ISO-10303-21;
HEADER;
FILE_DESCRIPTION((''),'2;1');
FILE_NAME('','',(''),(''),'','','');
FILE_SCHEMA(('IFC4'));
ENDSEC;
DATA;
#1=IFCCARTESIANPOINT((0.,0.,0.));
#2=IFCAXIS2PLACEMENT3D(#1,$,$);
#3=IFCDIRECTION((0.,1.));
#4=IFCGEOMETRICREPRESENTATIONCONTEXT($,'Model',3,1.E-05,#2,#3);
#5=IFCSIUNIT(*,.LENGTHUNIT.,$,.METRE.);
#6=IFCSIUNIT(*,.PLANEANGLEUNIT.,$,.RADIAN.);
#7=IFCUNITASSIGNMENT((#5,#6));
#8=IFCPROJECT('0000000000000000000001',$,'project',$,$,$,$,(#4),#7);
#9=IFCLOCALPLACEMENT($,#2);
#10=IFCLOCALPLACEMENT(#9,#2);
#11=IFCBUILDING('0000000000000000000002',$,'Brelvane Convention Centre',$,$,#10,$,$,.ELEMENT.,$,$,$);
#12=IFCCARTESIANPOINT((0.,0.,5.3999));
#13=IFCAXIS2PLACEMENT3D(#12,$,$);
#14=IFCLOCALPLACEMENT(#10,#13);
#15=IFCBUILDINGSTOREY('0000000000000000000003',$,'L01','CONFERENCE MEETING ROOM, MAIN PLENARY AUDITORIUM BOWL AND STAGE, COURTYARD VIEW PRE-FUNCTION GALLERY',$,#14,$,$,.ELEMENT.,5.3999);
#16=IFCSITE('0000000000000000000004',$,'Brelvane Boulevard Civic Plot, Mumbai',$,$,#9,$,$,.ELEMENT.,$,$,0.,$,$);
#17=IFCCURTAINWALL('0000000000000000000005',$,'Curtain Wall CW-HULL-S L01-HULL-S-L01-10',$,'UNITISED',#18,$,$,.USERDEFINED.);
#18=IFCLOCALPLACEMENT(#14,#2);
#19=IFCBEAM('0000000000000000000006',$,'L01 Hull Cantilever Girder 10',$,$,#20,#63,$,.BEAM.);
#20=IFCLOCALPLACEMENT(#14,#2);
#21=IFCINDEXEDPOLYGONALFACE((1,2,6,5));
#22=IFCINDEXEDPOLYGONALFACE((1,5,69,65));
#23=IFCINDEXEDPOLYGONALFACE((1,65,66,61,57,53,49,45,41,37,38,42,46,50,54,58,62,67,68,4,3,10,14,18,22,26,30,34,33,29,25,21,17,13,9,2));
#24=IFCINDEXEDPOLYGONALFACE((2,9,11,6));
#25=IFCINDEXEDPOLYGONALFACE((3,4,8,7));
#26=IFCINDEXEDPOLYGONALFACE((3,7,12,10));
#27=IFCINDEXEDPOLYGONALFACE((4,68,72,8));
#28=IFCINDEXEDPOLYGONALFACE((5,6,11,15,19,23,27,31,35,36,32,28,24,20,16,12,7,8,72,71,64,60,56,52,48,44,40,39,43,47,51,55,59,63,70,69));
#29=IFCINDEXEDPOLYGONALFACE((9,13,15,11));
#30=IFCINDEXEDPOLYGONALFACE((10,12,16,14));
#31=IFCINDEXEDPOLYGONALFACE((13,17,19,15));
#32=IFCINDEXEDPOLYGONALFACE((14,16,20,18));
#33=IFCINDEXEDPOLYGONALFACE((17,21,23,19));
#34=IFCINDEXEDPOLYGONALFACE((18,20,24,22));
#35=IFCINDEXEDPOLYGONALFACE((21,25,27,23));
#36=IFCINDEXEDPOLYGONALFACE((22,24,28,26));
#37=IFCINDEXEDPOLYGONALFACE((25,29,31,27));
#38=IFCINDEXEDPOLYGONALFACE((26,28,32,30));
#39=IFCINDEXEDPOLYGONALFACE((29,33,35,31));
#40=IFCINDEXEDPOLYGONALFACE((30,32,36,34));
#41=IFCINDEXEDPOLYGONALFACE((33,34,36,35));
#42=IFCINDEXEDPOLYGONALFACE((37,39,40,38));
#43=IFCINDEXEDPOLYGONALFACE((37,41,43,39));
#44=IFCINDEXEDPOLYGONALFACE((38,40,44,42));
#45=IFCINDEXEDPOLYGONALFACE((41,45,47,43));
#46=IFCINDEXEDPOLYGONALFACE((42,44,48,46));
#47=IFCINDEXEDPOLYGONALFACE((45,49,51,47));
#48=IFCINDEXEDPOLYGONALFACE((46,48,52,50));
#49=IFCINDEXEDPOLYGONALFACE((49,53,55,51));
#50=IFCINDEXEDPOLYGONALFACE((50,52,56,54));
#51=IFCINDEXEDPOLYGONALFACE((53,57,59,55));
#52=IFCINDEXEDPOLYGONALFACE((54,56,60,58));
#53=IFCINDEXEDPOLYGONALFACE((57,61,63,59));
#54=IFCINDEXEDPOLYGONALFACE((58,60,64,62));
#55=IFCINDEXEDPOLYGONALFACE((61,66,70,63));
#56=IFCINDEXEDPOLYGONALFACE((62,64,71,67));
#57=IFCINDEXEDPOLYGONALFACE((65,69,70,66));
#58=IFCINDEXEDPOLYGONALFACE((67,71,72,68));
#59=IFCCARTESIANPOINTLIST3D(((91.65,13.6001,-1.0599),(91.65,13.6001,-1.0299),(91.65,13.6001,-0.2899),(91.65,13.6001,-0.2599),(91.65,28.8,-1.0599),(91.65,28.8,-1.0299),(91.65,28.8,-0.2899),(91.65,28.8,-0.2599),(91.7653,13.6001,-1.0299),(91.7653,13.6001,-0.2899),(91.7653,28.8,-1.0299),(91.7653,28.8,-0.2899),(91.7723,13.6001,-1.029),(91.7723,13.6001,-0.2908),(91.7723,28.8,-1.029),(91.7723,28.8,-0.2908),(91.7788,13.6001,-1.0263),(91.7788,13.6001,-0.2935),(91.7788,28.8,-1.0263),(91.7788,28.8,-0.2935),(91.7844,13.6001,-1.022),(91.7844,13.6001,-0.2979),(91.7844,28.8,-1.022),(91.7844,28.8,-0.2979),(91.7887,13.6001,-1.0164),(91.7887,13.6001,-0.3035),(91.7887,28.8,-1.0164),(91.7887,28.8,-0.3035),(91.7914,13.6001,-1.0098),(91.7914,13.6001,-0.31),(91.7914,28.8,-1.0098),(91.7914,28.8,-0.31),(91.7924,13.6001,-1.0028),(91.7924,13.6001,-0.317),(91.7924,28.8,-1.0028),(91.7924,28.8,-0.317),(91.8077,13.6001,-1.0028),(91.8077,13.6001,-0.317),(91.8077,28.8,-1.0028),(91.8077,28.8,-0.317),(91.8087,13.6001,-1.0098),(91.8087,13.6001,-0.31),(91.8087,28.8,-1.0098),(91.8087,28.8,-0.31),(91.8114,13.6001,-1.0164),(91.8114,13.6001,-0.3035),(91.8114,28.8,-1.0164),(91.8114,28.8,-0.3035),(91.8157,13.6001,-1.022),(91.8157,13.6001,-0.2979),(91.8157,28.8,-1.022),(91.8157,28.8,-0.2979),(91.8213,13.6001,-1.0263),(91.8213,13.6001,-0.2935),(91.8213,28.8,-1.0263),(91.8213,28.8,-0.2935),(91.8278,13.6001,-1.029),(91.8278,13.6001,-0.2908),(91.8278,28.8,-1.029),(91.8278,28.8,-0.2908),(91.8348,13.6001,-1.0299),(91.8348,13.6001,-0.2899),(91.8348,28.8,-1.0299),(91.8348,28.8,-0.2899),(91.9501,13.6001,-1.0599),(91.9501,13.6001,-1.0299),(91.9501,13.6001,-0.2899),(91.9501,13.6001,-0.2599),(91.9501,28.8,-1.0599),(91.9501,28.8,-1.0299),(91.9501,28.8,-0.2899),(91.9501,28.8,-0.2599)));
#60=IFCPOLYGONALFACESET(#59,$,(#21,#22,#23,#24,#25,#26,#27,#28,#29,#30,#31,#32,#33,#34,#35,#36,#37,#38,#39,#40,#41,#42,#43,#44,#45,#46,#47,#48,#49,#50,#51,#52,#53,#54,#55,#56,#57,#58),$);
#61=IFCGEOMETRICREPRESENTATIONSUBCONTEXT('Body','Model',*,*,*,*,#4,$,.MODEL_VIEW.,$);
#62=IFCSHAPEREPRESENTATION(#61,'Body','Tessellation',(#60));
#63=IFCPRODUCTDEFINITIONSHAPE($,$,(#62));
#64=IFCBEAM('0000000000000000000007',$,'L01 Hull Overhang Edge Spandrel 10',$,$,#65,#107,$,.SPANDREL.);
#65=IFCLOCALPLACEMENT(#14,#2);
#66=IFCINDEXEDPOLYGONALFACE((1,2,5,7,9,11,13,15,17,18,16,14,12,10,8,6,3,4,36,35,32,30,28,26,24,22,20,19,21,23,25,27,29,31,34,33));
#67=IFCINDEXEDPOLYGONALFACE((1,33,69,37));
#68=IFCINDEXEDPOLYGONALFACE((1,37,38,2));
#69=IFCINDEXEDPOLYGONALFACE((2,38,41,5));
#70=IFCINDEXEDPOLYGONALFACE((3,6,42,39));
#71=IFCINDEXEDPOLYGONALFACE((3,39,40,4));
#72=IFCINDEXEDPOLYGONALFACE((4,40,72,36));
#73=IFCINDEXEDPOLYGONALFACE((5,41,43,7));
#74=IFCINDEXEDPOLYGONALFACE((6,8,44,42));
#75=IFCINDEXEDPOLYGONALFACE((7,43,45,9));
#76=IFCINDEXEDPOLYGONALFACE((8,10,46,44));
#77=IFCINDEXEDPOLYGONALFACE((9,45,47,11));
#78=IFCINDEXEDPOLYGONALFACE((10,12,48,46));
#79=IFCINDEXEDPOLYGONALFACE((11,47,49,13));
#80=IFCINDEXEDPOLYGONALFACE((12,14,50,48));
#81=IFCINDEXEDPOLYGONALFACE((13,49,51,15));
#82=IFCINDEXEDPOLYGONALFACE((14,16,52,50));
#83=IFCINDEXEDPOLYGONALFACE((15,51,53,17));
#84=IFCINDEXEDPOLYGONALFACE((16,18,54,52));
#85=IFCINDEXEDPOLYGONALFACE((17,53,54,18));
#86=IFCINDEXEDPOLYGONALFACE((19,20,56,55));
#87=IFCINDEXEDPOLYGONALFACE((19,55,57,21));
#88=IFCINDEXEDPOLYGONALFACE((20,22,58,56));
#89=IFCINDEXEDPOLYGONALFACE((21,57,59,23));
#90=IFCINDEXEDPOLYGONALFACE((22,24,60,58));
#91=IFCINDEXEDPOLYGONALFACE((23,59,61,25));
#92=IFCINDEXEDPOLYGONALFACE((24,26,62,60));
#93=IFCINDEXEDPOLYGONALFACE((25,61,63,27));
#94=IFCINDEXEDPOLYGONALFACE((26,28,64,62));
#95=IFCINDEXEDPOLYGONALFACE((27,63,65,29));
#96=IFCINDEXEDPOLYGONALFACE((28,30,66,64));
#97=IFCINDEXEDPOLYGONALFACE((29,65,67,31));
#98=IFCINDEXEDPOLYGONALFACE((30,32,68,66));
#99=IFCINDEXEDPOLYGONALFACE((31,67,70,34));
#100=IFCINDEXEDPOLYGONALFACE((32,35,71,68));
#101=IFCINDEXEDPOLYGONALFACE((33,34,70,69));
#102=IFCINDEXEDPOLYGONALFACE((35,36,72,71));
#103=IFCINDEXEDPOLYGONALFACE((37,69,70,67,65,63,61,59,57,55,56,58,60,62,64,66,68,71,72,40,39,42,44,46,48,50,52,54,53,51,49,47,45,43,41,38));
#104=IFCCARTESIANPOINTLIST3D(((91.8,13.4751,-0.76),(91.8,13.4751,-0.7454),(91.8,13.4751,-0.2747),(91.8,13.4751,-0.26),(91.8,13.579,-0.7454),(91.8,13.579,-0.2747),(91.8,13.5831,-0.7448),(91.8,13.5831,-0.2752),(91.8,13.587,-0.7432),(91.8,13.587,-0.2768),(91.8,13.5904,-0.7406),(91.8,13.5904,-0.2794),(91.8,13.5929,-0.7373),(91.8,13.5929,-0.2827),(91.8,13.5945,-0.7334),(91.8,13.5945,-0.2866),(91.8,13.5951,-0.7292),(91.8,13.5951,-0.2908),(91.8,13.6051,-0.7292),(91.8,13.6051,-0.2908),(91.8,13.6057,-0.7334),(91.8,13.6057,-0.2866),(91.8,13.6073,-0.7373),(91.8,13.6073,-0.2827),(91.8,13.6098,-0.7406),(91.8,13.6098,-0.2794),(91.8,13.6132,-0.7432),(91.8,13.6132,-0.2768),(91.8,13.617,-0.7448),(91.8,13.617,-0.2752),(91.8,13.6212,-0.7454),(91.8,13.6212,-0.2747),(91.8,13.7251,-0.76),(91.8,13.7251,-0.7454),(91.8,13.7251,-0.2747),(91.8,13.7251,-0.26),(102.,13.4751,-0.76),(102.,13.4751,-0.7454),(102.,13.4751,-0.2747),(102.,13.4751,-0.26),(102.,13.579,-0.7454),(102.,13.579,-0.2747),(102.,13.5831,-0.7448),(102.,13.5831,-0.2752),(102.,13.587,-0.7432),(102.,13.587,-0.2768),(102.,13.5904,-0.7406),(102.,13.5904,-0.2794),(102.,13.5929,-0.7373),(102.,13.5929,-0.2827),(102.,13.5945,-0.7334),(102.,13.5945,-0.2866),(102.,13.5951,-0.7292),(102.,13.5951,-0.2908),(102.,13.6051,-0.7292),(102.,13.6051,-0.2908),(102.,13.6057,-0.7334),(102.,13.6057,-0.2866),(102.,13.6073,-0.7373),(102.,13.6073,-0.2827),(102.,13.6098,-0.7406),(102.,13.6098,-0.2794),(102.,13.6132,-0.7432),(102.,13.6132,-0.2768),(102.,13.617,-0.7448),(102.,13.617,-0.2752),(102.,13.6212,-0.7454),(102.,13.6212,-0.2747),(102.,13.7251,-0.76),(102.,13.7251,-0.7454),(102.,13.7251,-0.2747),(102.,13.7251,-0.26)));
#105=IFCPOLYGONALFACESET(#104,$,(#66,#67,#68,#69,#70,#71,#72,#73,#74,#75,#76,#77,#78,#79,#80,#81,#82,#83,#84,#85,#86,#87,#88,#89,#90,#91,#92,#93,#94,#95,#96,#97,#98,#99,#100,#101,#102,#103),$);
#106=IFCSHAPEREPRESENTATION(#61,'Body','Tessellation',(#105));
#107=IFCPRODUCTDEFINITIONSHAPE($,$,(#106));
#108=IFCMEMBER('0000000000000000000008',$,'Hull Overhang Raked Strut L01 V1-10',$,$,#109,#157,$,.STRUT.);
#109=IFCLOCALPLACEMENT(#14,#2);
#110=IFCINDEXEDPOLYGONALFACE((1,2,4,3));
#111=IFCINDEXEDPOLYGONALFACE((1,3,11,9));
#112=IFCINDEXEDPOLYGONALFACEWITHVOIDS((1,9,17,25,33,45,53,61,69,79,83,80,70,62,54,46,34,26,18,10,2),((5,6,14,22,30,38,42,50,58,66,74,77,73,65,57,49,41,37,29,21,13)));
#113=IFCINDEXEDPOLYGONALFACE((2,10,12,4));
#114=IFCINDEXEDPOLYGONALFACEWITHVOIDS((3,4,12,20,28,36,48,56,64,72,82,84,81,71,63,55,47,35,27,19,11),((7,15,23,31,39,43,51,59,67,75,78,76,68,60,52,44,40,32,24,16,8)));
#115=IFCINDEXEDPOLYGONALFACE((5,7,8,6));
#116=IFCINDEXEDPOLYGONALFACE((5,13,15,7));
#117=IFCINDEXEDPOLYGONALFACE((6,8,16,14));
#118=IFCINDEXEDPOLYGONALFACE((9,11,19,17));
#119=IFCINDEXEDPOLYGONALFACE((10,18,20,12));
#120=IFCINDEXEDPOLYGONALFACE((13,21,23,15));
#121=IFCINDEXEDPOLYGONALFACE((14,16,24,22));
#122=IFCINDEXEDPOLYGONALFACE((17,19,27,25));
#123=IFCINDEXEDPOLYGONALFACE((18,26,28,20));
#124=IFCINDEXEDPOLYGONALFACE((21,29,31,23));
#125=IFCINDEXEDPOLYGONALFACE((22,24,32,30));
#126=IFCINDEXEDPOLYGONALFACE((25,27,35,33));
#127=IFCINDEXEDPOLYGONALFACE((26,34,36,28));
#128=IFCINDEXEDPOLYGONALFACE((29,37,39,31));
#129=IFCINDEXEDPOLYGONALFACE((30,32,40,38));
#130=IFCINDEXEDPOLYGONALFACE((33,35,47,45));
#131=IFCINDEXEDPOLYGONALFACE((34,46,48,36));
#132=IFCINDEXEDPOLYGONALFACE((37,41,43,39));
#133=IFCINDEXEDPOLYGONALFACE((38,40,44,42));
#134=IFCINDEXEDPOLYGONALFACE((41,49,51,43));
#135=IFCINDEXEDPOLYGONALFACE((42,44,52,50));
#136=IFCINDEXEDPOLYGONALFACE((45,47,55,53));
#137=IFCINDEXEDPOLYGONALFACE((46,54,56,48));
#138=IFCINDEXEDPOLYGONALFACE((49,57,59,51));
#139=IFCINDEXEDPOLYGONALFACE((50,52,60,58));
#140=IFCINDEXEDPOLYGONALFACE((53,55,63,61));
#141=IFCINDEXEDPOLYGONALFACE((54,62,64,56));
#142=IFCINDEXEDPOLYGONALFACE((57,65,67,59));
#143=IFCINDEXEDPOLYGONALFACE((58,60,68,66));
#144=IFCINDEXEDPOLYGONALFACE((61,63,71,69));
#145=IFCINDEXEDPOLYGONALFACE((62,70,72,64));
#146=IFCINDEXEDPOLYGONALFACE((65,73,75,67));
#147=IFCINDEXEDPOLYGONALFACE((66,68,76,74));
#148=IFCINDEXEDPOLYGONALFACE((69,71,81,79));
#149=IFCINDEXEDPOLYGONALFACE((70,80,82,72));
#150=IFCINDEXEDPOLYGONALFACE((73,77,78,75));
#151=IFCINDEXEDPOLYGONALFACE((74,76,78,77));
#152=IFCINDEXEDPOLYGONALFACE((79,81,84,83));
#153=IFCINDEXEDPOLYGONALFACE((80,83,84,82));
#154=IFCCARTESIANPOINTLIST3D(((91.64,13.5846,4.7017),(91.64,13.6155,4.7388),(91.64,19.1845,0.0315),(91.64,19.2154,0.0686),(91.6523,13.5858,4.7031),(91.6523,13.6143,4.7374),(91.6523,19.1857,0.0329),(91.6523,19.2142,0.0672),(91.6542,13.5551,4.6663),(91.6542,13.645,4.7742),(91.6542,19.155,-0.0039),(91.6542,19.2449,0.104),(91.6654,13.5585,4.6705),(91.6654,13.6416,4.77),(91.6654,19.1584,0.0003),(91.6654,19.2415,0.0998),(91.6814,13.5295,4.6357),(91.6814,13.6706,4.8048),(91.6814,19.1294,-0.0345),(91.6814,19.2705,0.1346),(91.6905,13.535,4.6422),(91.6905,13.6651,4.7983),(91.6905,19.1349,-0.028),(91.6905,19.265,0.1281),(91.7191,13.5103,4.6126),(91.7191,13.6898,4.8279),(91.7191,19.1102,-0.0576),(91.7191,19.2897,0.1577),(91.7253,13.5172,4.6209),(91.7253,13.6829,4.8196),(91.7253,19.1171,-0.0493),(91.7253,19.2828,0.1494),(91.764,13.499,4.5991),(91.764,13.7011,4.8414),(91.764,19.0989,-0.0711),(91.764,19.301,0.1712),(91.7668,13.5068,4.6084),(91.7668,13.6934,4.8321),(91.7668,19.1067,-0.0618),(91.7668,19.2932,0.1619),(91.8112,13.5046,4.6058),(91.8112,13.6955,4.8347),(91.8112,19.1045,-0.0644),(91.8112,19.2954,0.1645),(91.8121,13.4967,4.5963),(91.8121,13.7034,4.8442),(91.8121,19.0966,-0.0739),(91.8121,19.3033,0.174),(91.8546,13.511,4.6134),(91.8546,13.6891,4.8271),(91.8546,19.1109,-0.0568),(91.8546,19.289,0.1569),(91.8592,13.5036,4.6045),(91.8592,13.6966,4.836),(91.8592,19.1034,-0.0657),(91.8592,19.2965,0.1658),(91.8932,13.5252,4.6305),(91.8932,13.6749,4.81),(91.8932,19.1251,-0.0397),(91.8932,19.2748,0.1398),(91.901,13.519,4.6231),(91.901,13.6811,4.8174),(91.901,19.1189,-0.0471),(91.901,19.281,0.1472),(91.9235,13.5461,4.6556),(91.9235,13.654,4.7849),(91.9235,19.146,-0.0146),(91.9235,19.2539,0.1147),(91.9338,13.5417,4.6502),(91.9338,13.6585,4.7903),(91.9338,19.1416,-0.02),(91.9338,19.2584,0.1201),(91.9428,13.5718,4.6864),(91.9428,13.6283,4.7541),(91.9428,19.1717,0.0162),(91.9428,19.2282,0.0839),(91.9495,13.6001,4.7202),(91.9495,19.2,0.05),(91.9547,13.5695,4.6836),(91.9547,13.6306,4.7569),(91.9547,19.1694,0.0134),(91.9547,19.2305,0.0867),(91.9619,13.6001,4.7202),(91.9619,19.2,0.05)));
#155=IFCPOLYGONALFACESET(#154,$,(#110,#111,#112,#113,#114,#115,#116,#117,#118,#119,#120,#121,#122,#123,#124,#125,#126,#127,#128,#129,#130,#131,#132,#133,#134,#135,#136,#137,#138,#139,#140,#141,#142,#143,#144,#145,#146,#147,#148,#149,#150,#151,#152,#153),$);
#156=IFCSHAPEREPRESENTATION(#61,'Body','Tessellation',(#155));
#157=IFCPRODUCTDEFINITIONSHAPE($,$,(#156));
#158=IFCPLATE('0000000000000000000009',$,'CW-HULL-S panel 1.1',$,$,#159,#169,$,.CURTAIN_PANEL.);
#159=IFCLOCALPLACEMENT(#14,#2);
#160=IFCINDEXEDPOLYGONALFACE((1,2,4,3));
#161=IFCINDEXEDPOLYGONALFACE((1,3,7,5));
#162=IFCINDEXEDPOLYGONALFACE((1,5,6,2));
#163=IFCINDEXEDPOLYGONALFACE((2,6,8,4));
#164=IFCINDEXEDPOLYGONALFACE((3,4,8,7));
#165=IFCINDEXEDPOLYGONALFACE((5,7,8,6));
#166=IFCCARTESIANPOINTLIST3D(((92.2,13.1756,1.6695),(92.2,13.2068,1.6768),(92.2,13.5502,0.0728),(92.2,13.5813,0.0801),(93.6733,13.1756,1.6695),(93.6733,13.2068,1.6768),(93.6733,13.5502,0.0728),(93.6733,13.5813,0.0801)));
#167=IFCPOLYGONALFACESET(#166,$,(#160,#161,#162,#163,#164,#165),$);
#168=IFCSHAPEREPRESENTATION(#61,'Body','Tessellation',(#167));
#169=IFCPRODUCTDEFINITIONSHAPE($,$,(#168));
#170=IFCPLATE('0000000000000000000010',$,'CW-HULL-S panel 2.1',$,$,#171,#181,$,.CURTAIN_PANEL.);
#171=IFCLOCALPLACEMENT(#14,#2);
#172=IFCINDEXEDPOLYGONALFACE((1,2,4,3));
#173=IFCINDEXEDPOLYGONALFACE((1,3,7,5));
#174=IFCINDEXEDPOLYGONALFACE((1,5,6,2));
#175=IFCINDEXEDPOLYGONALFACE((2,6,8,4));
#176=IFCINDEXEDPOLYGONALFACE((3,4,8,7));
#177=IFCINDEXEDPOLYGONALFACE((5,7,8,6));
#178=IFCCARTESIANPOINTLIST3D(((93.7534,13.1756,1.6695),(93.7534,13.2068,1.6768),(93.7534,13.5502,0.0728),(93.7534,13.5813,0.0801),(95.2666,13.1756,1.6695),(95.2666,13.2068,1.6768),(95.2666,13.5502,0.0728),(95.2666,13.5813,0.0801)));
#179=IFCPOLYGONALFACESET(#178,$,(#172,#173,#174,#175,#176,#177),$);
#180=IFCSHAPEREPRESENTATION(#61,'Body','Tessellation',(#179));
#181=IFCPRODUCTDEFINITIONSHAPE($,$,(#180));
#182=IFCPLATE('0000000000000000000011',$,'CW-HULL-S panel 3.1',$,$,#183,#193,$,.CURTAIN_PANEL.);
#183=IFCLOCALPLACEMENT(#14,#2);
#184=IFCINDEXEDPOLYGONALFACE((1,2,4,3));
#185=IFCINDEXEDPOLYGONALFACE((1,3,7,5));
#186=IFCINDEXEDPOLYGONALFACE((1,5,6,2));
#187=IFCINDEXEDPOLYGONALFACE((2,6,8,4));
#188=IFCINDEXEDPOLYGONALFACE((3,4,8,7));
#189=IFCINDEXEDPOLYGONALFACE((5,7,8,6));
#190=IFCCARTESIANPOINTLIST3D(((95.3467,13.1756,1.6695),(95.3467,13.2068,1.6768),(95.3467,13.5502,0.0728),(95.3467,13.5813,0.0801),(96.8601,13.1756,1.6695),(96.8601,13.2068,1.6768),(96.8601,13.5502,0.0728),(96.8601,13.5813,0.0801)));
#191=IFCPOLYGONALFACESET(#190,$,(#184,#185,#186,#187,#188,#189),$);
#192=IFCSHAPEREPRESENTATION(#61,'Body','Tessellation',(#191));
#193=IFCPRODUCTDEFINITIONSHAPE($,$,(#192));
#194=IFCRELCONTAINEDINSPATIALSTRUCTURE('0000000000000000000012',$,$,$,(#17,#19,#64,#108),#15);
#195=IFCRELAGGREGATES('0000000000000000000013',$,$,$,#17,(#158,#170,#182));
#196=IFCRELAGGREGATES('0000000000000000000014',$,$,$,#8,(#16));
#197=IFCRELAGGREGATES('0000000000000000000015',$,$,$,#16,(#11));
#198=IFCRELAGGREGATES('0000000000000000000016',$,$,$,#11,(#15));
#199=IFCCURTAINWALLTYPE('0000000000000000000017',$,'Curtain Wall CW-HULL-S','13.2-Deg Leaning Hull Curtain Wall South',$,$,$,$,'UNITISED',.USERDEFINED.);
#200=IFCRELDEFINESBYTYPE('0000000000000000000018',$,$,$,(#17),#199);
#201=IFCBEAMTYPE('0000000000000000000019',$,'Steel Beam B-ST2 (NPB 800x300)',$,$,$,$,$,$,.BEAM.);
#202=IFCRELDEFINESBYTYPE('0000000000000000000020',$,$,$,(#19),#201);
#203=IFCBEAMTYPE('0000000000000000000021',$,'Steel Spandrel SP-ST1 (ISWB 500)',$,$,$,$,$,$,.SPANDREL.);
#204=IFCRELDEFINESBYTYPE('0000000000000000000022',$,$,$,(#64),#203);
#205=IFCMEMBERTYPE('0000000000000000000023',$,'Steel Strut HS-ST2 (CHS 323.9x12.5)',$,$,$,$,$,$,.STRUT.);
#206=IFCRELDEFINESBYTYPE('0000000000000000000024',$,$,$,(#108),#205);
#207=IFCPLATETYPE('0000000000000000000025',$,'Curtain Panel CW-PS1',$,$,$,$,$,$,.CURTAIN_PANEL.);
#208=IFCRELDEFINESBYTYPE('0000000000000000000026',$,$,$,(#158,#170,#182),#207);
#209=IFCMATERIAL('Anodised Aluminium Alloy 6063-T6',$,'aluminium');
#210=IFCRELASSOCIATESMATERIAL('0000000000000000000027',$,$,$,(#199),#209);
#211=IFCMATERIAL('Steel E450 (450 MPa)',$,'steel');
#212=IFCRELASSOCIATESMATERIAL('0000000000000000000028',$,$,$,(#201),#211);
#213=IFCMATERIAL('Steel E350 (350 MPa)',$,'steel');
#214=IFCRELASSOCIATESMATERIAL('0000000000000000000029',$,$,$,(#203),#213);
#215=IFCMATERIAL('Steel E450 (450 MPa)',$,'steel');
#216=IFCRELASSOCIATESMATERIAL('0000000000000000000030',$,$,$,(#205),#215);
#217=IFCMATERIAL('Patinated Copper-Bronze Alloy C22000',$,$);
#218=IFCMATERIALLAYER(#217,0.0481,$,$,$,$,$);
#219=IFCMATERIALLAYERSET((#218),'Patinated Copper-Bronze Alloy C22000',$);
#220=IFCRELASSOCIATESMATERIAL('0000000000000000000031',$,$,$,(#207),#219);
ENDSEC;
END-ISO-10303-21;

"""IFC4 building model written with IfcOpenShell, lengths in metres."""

from ifc_helpers import new_model, si_unit, direction, frame, origin, origin_2d, place, context, subcontext, project, spatial, polyline, hollow_circle, i_section, outline, extrude, material, layer, layer_set, material_profile, profile_set, type_object, element, aggregate, save


model = new_model("IFC4")

# Units and contexts
model_context = context("Model", 3, precision=1e-05, world=origin(), true_north=direction((0.0, 1.0)))
body_context = subcontext(model_context, "Body", "Model", "MODEL_VIEW")
ifc_project = project(units=[si_unit("LENGTHUNIT", "METRE"), si_unit("PLANEANGLEUNIT", "RADIAN")], contexts=[model_context])

# Site, building, storey
site_placement = place(None, origin())
site = spatial("IfcSite", under=ifc_project, at=site_placement, Name="Brelvane Boulevard Civic Plot, Mumbai", CompositionType="ELEMENT", RefElevation=0.0)
building_placement = place(site_placement, origin())
building = spatial("IfcBuilding", under=site, at=building_placement, Name="Brelvane Convention Centre", CompositionType="ELEMENT")
storey_placement = place(building_placement, frame((0.0, 0.0, 5.3999)))
storey = spatial("IfcBuildingStorey", under=building, at=storey_placement, Name="L01", Description="CONFERENCE MEETING ROOM, MAIN PLENARY AUDITORIUM BOWL AND STAGE, COURTYARD VIEW PRE-FUNCTION GALLERY", CompositionType="ELEMENT", Elevation=5.3999)

# Curtain wall
ifc_material_1 = material(Name="Anodised Aluminium Alloy 6063-T6", Category="aluminium")
curtain_wall_type = type_object("IfcCurtainWallType", Name="Curtain Wall CW-HULL-S", Description="13.2-Deg Leaning Hull Curtain Wall South", ElementType="UNITISED", PredefinedType="USERDEFINED", material=ifc_material_1)
curtain_wall_1_placement = place(storey_placement, origin())
curtain_wall_1 = element("IfcCurtainWall", 1, at=curtain_wall_1_placement, inside=storey, type_object=curtain_wall_type, Name="Curtain Wall CW-HULL-S L01-HULL-S-L01-10", ObjectType="UNITISED", PredefinedType="USERDEFINED")

# Beams
ifc_material_2 = material(Name="Steel E450 (450 MPa)", Category="steel")
ifc_material_profile_1 = material_profile(ifc_material_2, i_section(OverallWidth=0.3, OverallDepth=0.8, WebThickness=0.0154, FlangeThickness=0.03, FilletRadius=0.0271, at=origin_2d()), Name="NPB 800x300")
ifc_profile_set_1 = profile_set([ifc_material_profile_1], Name="Steel E450 (450 MPa)")
beam_type_1 = type_object("IfcBeamType", Name="Steel Beam B-ST2 (NPB 800x300)", PredefinedType="BEAM", material=ifc_profile_set_1)
beam_1_placement = place(storey_placement, frame((91.8, 13.6001, -0.6599), z_axis=(0.0, 1.0, 0.0), x_axis=(-1.0, 0.0, 0.0)))
element("IfcBeam", 2, at=beam_1_placement, inside=storey, type_object=beam_type_1, Name="L01 Hull Cantilever Girder 10", PredefinedType="BEAM", context=body_context, shape_type="SweptSolid", body=[
    extrude(i_section(OverallWidth=0.3, OverallDepth=0.8, WebThickness=0.0154, FlangeThickness=0.03, FilletRadius=0.0271, at=origin_2d()), origin(), (0.0, 0.0, 1.0), 15.2),
])
ifc_material_3 = material(Name="Steel E350 (350 MPa)", Category="steel")
ifc_material_profile_2 = material_profile(ifc_material_3, i_section(OverallWidth=0.25, OverallDepth=0.5, WebThickness=0.01, FlangeThickness=0.0146, FilletRadius=0.0161, at=origin_2d()), Name="ISWB 500")
ifc_profile_set_2 = profile_set([ifc_material_profile_2], Name="Steel E350 (350 MPa)")
beam_type_2 = type_object("IfcBeamType", Name="Steel Spandrel SP-ST1 (ISWB 500)", PredefinedType="SPANDREL", material=ifc_profile_set_2)
beam_2_placement = place(storey_placement, frame((91.8, 13.6001, -0.51), z_axis=(1.0, 0.0, 0.0), x_axis=(0.0, 1.0, 0.0)))
element("IfcBeam", 3, at=beam_2_placement, inside=storey, type_object=beam_type_2, Name="L01 Hull Overhang Edge Spandrel 10", PredefinedType="SPANDREL", context=body_context, shape_type="SweptSolid", body=[
    extrude(i_section(OverallWidth=0.25, OverallDepth=0.5, WebThickness=0.01, FlangeThickness=0.0146, FilletRadius=0.0161, at=origin_2d()), origin(), (0.0, 0.0, 1.0), 10.2),
])

# Member
ifc_material_4 = material(Name="Steel E450 (450 MPa)", Category="steel")
ifc_material_profile_3 = material_profile(ifc_material_4, hollow_circle(Radius=0.1619, WallThickness=0.0125, at=origin_2d()), Name="CHS 323.9x12.5")
ifc_profile_set_3 = profile_set([ifc_material_profile_3], Name="Steel E450 (450 MPa)")
member_type_1 = type_object("IfcMemberType", Name="Steel Strut HS-ST2 (CHS 323.9x12.5)", PredefinedType="STRUT", material=ifc_profile_set_3)
member_1_placement = place(storey_placement, frame((91.8, 19.2, 0.05), z_axis=(0.0, -0.767977, 0.640477), x_axis=(1.0, 0.0, 0.0)))
element("IfcMember", 4, at=member_1_placement, inside=storey, type_object=member_type_1, Name="Hull Overhang Raked Strut L01 V1-10", PredefinedType="STRUT", context=body_context, shape_type="SweptSolid", body=[
    extrude(hollow_circle(Radius=0.1619, WallThickness=0.0125, at=origin_2d()), origin(), (0.0, 0.0, 1.0), 7.2917),
])

# Plates
ifc_material_5 = material(Name="Patinated Copper-Bronze Alloy C22000")
ifc_layer_1 = layer(ifc_material_5, 0.0481)
ifc_layer_set_1 = layer_set([ifc_layer_1], Name="Patinated Copper-Bronze Alloy C22000")
plate_type_1 = type_object("IfcPlateType", Name="Curtain Panel CW-PS1", PredefinedType="CURTAIN_PANEL", material=ifc_layer_set_1)
plate_1_placement = place(storey_placement, frame((92.2, 13.5813, 0.0801), z_axis=(0.0, 0.973577, 0.228359), x_axis=(1.0, 0.0, 0.0)))
plate_1 = element("IfcPlate", 5, at=plate_1_placement, type_object=plate_type_1, Name="CW-HULL-S panel 1.1", PredefinedType="CURTAIN_PANEL", context=body_context, shape_type="SweptSolid", body=[
    extrude(outline(polyline([(0.0, 0.0), (1.4734, 0.0), (1.4734, -1.64), (0.0, -1.64), (0.0, 0.0)])), origin(), (0.0, 0.0, -1.0), 0.032),
])
plate_2_placement = place(storey_placement, frame((93.7534, 13.5813, 0.0801), z_axis=(0.0, 0.973577, 0.228359), x_axis=(1.0, 0.0, 0.0)))
plate_2 = element("IfcPlate", 6, at=plate_2_placement, type_object=plate_type_1, Name="CW-HULL-S panel 2.1", PredefinedType="CURTAIN_PANEL", context=body_context, shape_type="SweptSolid", body=[
    extrude(outline(polyline([(0.0, 0.0), (1.5132, 0.0), (1.5132, -1.64), (0.0, -1.64), (0.0, 0.0)])), origin(), (0.0, 0.0, -1.0), 0.032),
])
plate_3_placement = place(storey_placement, frame((95.3467, 13.5813, 0.0801), z_axis=(0.0, 0.973577, 0.228359), x_axis=(1.0, 0.0, 0.0)))
plate_3 = element("IfcPlate", 7, at=plate_3_placement, type_object=plate_type_1, Name="CW-HULL-S panel 3.1", PredefinedType="CURTAIN_PANEL", context=body_context, shape_type="SweptSolid", body=[
    extrude(outline(polyline([(0.0, 0.0), (1.5134, 0.0), (1.5134, -1.64), (0.0, -1.64), (0.0, 0.0)])), origin(), (0.0, 0.0, -1.0), 0.032),
])
aggregate(curtain_wall_1, [plate_1, plate_2, plate_3])

save(model, "model.ifc")
